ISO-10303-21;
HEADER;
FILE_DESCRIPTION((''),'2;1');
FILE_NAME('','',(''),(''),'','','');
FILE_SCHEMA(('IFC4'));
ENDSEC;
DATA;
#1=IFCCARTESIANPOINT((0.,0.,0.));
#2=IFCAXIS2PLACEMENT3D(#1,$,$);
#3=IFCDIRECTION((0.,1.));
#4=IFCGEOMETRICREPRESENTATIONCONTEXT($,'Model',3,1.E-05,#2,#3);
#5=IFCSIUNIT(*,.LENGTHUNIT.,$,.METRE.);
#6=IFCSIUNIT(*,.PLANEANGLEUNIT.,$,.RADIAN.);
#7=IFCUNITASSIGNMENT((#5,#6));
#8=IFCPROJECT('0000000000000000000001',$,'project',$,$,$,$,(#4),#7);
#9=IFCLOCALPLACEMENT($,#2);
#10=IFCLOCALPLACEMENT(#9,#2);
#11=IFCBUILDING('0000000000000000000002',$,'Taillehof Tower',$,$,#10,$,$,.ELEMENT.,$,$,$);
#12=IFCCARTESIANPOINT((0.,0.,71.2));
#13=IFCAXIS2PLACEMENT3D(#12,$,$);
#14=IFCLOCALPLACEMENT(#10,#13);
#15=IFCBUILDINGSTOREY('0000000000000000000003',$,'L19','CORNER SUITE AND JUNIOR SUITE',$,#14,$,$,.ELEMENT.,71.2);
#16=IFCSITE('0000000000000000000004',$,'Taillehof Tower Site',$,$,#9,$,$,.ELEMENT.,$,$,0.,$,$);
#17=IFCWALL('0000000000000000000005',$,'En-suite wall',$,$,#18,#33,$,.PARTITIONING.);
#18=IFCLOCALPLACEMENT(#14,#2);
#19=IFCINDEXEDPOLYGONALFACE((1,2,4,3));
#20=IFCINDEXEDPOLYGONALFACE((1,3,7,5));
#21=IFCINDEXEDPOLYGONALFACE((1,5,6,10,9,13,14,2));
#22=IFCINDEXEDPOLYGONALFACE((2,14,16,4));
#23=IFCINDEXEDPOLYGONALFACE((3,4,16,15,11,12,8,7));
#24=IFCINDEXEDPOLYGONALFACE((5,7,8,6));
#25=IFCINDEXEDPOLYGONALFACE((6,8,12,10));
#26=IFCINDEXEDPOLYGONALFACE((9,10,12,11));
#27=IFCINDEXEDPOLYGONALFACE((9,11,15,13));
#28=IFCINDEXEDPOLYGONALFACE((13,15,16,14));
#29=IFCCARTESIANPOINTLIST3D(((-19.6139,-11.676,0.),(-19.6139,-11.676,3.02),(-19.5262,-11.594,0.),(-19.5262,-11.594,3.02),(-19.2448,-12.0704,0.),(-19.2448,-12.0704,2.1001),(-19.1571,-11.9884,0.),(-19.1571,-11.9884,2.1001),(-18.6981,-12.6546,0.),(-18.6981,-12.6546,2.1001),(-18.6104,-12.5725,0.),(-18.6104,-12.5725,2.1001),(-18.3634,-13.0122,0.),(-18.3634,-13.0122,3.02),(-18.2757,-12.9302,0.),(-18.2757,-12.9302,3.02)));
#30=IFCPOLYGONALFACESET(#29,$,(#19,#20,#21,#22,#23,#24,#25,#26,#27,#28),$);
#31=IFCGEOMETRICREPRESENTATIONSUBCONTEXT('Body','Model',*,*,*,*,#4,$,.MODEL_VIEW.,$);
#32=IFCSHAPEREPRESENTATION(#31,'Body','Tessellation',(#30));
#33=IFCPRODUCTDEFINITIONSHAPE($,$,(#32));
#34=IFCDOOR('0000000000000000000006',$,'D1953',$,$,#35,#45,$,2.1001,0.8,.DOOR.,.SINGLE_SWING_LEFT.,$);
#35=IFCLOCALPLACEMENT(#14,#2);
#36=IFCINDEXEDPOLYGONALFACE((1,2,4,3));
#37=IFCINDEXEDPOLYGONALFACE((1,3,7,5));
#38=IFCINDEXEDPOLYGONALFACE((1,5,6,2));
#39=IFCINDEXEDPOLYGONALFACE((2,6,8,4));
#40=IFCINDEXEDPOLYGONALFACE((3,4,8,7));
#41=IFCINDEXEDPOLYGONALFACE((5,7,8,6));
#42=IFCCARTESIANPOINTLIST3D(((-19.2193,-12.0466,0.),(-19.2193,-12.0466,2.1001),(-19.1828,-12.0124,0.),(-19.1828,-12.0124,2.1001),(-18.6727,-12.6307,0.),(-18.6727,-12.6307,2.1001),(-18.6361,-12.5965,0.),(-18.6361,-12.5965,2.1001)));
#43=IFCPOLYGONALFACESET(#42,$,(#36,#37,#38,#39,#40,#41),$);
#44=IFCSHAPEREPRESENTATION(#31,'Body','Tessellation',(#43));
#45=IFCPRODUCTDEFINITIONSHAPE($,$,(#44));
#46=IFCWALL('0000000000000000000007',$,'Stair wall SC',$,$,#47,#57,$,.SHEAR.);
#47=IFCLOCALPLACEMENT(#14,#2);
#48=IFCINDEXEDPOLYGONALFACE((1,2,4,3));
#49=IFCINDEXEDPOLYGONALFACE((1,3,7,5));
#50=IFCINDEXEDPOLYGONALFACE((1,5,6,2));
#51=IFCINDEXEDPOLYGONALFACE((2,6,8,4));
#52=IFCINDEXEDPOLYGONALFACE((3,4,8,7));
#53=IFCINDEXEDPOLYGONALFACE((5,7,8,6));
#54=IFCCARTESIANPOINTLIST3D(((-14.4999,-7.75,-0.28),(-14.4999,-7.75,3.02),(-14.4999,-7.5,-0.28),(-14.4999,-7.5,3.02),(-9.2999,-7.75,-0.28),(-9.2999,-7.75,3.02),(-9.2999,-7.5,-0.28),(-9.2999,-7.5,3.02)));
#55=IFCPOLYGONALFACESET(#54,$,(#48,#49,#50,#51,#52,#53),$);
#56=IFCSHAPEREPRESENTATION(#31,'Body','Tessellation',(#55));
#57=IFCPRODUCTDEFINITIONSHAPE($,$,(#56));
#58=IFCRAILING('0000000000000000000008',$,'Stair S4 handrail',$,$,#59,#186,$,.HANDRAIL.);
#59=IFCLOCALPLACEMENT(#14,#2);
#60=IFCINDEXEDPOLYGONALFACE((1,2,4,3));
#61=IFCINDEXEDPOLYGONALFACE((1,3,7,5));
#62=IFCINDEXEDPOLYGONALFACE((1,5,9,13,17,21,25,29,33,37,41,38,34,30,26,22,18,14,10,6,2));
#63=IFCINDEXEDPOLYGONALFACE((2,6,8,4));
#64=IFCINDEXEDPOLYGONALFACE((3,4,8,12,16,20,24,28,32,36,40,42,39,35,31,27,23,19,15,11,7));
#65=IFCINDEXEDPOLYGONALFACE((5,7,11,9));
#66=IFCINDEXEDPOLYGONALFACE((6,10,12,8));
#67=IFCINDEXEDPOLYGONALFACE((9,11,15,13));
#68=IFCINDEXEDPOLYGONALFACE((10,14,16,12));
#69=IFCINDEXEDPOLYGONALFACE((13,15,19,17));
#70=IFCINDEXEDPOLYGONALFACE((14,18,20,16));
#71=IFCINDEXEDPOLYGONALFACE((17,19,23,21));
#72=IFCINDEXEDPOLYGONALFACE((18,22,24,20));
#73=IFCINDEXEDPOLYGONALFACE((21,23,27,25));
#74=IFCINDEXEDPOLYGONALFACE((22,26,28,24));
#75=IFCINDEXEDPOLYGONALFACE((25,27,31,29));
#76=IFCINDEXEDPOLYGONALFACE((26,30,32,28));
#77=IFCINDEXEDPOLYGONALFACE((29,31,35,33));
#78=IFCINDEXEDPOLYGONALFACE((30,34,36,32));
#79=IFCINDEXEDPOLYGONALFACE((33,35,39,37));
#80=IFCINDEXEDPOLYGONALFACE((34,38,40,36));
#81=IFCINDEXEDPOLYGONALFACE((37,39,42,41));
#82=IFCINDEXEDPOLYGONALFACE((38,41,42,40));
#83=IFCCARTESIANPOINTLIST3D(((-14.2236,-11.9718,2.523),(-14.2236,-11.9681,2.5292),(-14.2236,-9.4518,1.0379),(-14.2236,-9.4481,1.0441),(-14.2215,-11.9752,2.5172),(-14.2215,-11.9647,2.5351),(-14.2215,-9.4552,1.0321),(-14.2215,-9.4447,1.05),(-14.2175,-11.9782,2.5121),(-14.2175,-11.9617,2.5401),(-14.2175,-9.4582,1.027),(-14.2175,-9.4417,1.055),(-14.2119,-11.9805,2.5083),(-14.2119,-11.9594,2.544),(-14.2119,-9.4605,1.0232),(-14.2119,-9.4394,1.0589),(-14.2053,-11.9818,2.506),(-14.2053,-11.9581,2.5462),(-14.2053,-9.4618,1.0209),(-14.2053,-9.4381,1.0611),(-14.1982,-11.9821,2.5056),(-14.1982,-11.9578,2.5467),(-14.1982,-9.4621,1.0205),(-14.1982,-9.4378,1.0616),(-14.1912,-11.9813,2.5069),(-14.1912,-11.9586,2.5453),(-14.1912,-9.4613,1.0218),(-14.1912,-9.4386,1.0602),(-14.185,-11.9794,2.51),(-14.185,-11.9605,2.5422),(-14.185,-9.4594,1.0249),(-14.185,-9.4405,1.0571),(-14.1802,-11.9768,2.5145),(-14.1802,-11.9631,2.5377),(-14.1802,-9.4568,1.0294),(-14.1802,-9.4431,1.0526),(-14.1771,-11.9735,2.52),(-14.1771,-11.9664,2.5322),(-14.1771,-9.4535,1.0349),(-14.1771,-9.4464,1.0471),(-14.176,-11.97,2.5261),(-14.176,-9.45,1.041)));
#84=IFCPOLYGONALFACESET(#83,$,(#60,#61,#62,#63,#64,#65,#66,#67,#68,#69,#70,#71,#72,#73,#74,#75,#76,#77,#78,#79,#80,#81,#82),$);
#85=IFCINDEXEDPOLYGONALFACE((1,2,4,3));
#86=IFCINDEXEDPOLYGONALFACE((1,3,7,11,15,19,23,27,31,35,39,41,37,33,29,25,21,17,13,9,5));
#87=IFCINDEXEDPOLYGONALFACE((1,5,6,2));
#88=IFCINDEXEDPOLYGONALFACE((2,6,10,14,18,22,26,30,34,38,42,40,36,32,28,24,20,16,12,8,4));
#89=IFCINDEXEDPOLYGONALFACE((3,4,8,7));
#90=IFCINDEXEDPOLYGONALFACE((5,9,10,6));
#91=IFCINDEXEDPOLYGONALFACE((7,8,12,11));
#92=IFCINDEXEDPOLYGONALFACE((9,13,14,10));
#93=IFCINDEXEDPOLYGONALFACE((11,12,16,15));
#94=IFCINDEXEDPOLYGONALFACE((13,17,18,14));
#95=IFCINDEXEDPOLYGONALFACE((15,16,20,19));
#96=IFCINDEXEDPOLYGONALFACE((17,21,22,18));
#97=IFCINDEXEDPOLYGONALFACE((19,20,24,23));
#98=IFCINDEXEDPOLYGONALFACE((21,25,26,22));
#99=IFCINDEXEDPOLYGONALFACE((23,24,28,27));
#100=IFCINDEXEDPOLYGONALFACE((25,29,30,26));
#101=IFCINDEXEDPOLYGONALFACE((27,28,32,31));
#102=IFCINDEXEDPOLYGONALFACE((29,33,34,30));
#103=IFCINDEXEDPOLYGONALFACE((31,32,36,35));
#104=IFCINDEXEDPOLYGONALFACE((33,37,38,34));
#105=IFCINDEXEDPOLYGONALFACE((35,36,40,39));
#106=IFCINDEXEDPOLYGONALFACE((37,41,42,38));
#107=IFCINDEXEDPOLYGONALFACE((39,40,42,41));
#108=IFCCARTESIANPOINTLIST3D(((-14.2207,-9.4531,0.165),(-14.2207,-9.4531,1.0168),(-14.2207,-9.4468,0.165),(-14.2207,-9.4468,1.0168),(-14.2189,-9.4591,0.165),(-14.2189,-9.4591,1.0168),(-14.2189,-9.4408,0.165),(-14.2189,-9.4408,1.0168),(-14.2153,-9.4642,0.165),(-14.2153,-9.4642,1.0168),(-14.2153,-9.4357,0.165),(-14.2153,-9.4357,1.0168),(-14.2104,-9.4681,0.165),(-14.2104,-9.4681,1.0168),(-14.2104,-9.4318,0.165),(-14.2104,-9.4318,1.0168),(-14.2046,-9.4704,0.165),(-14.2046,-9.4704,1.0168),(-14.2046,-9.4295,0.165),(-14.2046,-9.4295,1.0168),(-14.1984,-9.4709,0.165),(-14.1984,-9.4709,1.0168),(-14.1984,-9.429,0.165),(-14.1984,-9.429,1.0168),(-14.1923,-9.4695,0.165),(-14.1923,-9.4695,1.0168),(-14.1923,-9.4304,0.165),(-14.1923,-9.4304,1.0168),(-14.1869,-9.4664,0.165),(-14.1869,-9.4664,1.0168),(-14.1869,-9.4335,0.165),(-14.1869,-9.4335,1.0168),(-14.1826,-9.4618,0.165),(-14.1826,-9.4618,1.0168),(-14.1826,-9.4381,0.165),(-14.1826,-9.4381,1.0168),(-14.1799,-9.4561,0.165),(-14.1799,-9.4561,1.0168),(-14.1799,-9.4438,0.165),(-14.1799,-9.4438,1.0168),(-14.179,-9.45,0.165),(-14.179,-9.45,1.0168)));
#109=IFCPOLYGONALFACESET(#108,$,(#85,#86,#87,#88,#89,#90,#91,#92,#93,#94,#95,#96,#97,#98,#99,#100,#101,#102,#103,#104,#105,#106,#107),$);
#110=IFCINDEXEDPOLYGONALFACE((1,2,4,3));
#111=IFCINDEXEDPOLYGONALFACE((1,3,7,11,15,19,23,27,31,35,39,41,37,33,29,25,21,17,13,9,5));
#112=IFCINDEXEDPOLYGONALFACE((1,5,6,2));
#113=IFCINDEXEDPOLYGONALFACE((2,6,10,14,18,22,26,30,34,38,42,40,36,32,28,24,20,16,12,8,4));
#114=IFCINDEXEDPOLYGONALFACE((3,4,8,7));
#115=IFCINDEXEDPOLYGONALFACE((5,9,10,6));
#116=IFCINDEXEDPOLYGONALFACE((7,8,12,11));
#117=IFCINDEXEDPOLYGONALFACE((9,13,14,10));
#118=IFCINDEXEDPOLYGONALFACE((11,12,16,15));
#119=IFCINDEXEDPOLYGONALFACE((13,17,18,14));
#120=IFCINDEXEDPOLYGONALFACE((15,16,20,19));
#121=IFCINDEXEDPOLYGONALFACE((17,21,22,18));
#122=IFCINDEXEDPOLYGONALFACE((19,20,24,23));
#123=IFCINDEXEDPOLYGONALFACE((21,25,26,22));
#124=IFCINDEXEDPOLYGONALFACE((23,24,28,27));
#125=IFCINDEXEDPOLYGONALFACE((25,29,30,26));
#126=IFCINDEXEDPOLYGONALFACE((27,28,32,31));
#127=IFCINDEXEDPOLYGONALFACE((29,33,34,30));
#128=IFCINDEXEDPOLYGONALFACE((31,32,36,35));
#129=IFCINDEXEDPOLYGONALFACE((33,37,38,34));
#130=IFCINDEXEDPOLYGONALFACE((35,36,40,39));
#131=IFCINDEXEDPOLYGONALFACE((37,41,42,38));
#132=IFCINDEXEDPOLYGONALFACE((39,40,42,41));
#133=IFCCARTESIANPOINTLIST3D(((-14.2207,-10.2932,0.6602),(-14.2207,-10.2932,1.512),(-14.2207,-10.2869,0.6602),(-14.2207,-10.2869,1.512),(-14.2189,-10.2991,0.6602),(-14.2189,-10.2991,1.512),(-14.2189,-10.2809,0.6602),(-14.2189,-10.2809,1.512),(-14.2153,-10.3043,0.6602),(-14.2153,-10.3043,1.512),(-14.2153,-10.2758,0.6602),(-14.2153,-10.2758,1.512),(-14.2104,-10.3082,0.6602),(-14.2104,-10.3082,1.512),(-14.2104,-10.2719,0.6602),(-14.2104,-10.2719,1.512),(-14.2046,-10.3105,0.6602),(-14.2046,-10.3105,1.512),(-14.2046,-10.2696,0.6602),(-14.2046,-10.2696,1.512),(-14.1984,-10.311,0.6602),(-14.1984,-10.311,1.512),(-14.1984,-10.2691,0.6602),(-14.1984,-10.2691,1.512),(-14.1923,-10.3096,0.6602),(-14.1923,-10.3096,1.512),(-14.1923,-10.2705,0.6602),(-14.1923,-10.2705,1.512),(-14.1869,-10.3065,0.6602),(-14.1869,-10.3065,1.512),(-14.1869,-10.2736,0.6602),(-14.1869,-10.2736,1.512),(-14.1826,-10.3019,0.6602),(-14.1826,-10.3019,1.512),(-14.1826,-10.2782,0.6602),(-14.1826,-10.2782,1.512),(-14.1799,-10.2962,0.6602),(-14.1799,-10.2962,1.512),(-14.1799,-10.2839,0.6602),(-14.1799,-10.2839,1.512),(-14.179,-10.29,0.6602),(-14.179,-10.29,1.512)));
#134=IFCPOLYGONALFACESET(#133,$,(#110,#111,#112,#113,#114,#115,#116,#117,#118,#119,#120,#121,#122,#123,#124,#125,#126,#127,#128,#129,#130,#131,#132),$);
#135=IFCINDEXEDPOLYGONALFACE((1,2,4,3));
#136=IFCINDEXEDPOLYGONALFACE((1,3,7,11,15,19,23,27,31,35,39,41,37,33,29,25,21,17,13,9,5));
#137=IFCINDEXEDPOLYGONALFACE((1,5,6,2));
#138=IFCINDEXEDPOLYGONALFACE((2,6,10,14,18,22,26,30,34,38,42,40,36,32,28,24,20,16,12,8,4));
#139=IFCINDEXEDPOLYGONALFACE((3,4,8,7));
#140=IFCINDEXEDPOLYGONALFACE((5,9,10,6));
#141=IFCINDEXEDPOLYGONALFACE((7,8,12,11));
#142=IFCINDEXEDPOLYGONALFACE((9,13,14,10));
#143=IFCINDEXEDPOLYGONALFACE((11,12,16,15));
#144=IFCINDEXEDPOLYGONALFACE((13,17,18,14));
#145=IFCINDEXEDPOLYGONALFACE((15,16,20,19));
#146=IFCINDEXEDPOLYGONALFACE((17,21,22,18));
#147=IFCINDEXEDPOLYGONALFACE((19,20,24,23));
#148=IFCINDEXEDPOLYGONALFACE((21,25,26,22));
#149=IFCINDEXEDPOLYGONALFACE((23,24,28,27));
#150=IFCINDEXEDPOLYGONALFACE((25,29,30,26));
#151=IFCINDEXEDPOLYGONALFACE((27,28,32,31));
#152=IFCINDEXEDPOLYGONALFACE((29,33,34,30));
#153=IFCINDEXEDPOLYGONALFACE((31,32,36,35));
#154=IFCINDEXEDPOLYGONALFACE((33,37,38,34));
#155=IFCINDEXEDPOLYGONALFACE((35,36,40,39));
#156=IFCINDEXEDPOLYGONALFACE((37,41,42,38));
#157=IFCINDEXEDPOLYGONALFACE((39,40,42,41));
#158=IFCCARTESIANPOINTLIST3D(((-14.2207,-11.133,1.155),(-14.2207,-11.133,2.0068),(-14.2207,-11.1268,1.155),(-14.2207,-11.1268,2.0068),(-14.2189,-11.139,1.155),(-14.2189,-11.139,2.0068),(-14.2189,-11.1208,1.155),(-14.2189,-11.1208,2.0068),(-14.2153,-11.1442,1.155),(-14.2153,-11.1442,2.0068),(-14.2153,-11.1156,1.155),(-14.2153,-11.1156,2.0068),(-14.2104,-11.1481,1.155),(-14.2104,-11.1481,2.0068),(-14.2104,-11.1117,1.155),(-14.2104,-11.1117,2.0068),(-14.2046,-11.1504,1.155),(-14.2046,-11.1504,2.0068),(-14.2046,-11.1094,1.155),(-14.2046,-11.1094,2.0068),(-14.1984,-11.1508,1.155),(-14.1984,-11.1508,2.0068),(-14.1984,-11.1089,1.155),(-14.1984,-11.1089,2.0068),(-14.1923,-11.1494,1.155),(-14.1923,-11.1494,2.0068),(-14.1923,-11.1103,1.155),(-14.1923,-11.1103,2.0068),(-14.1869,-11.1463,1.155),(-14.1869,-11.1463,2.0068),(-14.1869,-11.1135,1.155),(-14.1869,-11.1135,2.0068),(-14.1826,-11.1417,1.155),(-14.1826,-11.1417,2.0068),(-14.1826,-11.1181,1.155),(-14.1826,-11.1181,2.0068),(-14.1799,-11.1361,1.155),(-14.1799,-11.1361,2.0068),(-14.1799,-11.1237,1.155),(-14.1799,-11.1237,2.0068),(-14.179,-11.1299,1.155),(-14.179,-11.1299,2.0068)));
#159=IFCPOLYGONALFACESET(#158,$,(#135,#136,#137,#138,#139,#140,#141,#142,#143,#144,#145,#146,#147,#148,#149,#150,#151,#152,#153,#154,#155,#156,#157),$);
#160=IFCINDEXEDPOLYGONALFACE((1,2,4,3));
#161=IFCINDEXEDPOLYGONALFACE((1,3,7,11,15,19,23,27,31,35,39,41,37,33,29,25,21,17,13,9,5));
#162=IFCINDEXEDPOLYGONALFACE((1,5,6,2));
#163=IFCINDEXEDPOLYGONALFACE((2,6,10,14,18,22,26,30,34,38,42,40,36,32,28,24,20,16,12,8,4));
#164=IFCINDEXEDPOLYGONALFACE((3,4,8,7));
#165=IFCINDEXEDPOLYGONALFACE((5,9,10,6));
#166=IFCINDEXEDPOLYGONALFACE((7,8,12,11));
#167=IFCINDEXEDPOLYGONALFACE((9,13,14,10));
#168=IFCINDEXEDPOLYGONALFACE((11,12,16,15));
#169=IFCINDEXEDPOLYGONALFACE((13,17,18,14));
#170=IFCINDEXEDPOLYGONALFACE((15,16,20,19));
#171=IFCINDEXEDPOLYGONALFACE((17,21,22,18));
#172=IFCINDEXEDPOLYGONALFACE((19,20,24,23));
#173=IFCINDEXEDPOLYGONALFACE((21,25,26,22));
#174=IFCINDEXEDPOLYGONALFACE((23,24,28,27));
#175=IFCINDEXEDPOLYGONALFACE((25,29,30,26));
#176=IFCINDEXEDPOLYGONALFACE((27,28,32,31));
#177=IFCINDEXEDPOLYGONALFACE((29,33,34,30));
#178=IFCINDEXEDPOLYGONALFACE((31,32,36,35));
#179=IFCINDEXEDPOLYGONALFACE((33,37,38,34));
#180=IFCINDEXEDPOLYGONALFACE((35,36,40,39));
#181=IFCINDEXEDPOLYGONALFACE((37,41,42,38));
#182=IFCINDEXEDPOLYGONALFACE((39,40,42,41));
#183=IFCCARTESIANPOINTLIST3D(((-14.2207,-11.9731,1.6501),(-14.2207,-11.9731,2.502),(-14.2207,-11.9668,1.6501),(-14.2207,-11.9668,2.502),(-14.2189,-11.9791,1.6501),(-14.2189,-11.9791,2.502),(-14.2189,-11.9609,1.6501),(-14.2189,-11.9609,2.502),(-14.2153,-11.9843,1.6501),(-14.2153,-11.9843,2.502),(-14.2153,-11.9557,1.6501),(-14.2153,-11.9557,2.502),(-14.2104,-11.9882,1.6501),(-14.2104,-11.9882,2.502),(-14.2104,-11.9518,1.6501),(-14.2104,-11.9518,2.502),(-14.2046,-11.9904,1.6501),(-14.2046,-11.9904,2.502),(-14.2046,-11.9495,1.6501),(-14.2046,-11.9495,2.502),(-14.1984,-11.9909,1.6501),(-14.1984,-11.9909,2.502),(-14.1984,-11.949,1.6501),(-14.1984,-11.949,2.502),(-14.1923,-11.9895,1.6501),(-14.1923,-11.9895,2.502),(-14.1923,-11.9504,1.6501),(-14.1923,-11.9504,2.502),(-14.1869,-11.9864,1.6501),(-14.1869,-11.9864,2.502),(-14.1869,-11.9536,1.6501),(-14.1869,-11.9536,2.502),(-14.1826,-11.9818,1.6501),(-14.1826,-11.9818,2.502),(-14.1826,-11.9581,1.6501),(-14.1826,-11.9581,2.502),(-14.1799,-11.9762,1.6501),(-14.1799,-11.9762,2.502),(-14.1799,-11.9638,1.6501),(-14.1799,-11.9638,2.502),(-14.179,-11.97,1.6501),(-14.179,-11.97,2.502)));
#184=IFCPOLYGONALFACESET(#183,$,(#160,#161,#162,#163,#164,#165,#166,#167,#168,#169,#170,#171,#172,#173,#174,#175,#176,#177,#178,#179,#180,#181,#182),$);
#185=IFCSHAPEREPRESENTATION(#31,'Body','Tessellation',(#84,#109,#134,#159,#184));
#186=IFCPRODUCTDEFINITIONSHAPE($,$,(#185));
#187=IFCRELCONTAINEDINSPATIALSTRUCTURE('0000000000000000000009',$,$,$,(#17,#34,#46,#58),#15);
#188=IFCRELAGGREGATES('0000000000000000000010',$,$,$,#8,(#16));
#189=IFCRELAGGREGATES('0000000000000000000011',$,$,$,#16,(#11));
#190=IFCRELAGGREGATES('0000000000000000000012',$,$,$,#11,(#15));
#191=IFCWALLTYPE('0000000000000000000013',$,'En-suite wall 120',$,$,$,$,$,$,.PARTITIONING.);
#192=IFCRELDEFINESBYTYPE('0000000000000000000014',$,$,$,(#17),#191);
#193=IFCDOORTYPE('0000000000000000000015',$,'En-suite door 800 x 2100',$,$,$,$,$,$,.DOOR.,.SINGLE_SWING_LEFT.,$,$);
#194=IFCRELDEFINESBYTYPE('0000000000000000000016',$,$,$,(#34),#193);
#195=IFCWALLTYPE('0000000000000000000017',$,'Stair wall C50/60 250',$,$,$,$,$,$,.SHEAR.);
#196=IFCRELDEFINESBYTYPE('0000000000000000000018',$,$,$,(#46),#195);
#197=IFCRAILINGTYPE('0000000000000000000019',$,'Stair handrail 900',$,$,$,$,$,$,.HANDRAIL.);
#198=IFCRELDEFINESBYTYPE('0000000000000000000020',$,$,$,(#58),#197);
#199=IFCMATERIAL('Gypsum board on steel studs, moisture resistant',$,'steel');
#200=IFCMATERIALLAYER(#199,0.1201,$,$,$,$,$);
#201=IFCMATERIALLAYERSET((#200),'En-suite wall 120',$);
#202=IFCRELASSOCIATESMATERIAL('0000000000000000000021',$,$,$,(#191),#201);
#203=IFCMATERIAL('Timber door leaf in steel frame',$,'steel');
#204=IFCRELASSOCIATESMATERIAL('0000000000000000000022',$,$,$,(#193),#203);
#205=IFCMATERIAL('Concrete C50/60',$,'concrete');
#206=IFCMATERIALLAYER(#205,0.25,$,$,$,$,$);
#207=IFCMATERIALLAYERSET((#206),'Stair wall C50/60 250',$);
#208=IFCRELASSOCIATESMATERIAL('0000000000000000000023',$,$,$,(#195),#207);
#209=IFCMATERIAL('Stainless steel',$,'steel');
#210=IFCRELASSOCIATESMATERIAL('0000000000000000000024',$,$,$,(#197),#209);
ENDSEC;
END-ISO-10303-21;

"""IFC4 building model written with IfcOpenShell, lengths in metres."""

from ifc_helpers import new_model, si_unit, direction, frame, frame_2d, origin, origin_2d, place, context, subcontext, project, spatial, rectangle, circle, extrude, material, layer, layer_set, type_object, element, fill, save


model = new_model("IFC4")

# Units and contexts
model_context = context("Model", 3, precision=1e-05, world=origin(), true_north=direction((0.0, 1.0)))
body_context = subcontext(model_context, "Body", "Model", "MODEL_VIEW")
ifc_project = project(units=[si_unit("LENGTHUNIT", "METRE"), si_unit("PLANEANGLEUNIT", "RADIAN")], contexts=[model_context])

# Site, building, storey
site_placement = place(None, origin())
site = spatial("IfcSite", under=ifc_project, at=site_placement, Name="Taillehof Tower Site", CompositionType="ELEMENT", RefElevation=0.0)
building_placement = place(site_placement, origin())
building = spatial("IfcBuilding", under=site, at=building_placement, Name="Taillehof Tower", CompositionType="ELEMENT")
storey_placement = place(building_placement, frame((0.0, 0.0, 71.2)))
storey = spatial("IfcBuildingStorey", under=building, at=storey_placement, Name="L19", Description="CORNER SUITE AND JUNIOR SUITE", CompositionType="ELEMENT", Elevation=71.2)

# Shared definitions
ifc_material_1 = material(Name="Gypsum board on steel studs, moisture resistant", Category="steel")
ifc_layer_1 = layer(ifc_material_1, 0.1201)
ifc_layer_set_1 = layer_set([ifc_layer_1], Name="En-suite wall 120")
wall_type_1 = type_object("IfcWallType", Name="En-suite wall 120", PredefinedType="PARTITIONING", material=ifc_layer_set_1)

# Wall, opening, door
ifc_material_2 = material(Name="Timber door leaf in steel frame", Category="steel")
door_type_1 = type_object("IfcDoorType", Name="En-suite door 800 x 2100", OperationType="SINGLE_SWING_LEFT", PredefinedType="DOOR", material=ifc_material_2)
wall_1_placement = place(storey_placement, frame((-19.5701, -11.635, 0.0), z_axis=(0.0, 0.0, 1.0), x_axis=(0.683306, -0.730132, 0.0)))
wall_1 = element("IfcWall", 1, at=wall_1_placement, inside=storey, type_object=wall_type_1, Name="En-suite wall", PredefinedType="PARTITIONING", context=body_context, shape_type="SweptSolid", body=[
    extrude(rectangle(XDim=1.8301, YDim=0.1201, at=frame_2d((0.915, 0.0))), origin(), (0.0, 0.0, 1.0), 3.02),
])
opening_1_placement = place(wall_1_placement, frame((0.5403, 0.0, 0.0)))
opening_1 = element("IfcOpeningElement", 2, at=opening_1_placement, cuts=wall_1, PredefinedType="OPENING", context=body_context, shape_type="SweptSolid", body=[
    extrude(rectangle(XDim=0.8, YDim=2.1001, at=frame_2d((0.3999, 1.05))), frame((0.0, 0.0701, 0.0), z_axis=(0.0, -1.0, 0.0), x_axis=(1.0, 0.0, 0.0)), (0.0, 0.0, 1.0), 0.1401),
])
door_1_placement = place(opening_1_placement, origin())
door_1 = element("IfcDoor", 3, at=door_1_placement, inside=storey, type_object=door_type_1, Name="D1953", OperationType="SINGLE_SWING_LEFT", OverallHeight=2.1001, OverallWidth=0.8, PredefinedType="DOOR", context=body_context, shape_type="SweptSolid", body=[
    extrude(rectangle(XDim=0.8, YDim=2.1001, at=frame_2d((0.3999, 1.05))), frame((0.0, 0.0249, 0.0), z_axis=(0.0, -1.0, 0.0), x_axis=(1.0, 0.0, 0.0)), (0.0, 0.0, 1.0), 0.05),
])
fill(opening_1, door_1)

# Wall
ifc_material_3 = material(Name="Concrete C50/60", Category="concrete")
ifc_layer_2 = layer(ifc_material_3, 0.25)
ifc_layer_set_2 = layer_set([ifc_layer_2], Name="Stair wall C50/60 250")
wall_type_2 = type_object("IfcWallType", Name="Stair wall C50/60 250", PredefinedType="SHEAR", material=ifc_layer_set_2)
wall_2_placement = place(storey_placement, frame((-14.5, -7.625, -0.28), z_axis=(0.0, 0.0, 1.0), x_axis=(1.0, 0.0, 0.0)))
element("IfcWall", 4, at=wall_2_placement, inside=storey, type_object=wall_type_2, Name="Stair wall SC", PredefinedType="SHEAR", context=body_context, shape_type="SweptSolid", body=[
    extrude(rectangle(XDim=5.2, YDim=0.25, at=frame_2d((2.6001, 0.0))), origin(), (0.0, 0.0, 1.0), 3.3),
])

# Railing
ifc_material_4 = material(Name="Stainless steel", Category="steel")
railing_type = type_object("IfcRailingType", Name="Stair handrail 900", PredefinedType="HANDRAIL", material=ifc_material_4)
railing_placement = place(storey_placement, frame((-14.2, -9.45, 0.165)))
element("IfcRailing", 5, at=railing_placement, inside=storey, type_object=railing_type, Name="Stair S4 handrail", PredefinedType="HANDRAIL", context=body_context, shape_type="SweptSolid", body=[
    extrude(circle(Radius=0.0239, at=origin_2d()), frame((0.0, 0.0, 0.876), z_axis=(0.0, -0.861524, 0.507717), x_axis=(1.0, 0.0, 0.0)), (0.0, 0.0, 1.0), 2.925),
    extrude(circle(Radius=0.021, at=origin_2d()), origin(), (0.0, 0.0, 1.0), 0.8518),
    extrude(circle(Radius=0.021, at=origin_2d()), frame((0.0, -0.8401, 0.4951)), (0.0, 0.0, 1.0), 0.8518),
    extrude(circle(Radius=0.021, at=origin_2d()), frame((0.0, -1.6799, 0.99)), (0.0, 0.0, 1.0), 0.8518),
    extrude(circle(Radius=0.021, at=origin_2d()), frame((0.0, -2.52, 1.4851)), (0.0, 0.0, 1.0), 0.8518),
])

save(model, "model.ifc")
